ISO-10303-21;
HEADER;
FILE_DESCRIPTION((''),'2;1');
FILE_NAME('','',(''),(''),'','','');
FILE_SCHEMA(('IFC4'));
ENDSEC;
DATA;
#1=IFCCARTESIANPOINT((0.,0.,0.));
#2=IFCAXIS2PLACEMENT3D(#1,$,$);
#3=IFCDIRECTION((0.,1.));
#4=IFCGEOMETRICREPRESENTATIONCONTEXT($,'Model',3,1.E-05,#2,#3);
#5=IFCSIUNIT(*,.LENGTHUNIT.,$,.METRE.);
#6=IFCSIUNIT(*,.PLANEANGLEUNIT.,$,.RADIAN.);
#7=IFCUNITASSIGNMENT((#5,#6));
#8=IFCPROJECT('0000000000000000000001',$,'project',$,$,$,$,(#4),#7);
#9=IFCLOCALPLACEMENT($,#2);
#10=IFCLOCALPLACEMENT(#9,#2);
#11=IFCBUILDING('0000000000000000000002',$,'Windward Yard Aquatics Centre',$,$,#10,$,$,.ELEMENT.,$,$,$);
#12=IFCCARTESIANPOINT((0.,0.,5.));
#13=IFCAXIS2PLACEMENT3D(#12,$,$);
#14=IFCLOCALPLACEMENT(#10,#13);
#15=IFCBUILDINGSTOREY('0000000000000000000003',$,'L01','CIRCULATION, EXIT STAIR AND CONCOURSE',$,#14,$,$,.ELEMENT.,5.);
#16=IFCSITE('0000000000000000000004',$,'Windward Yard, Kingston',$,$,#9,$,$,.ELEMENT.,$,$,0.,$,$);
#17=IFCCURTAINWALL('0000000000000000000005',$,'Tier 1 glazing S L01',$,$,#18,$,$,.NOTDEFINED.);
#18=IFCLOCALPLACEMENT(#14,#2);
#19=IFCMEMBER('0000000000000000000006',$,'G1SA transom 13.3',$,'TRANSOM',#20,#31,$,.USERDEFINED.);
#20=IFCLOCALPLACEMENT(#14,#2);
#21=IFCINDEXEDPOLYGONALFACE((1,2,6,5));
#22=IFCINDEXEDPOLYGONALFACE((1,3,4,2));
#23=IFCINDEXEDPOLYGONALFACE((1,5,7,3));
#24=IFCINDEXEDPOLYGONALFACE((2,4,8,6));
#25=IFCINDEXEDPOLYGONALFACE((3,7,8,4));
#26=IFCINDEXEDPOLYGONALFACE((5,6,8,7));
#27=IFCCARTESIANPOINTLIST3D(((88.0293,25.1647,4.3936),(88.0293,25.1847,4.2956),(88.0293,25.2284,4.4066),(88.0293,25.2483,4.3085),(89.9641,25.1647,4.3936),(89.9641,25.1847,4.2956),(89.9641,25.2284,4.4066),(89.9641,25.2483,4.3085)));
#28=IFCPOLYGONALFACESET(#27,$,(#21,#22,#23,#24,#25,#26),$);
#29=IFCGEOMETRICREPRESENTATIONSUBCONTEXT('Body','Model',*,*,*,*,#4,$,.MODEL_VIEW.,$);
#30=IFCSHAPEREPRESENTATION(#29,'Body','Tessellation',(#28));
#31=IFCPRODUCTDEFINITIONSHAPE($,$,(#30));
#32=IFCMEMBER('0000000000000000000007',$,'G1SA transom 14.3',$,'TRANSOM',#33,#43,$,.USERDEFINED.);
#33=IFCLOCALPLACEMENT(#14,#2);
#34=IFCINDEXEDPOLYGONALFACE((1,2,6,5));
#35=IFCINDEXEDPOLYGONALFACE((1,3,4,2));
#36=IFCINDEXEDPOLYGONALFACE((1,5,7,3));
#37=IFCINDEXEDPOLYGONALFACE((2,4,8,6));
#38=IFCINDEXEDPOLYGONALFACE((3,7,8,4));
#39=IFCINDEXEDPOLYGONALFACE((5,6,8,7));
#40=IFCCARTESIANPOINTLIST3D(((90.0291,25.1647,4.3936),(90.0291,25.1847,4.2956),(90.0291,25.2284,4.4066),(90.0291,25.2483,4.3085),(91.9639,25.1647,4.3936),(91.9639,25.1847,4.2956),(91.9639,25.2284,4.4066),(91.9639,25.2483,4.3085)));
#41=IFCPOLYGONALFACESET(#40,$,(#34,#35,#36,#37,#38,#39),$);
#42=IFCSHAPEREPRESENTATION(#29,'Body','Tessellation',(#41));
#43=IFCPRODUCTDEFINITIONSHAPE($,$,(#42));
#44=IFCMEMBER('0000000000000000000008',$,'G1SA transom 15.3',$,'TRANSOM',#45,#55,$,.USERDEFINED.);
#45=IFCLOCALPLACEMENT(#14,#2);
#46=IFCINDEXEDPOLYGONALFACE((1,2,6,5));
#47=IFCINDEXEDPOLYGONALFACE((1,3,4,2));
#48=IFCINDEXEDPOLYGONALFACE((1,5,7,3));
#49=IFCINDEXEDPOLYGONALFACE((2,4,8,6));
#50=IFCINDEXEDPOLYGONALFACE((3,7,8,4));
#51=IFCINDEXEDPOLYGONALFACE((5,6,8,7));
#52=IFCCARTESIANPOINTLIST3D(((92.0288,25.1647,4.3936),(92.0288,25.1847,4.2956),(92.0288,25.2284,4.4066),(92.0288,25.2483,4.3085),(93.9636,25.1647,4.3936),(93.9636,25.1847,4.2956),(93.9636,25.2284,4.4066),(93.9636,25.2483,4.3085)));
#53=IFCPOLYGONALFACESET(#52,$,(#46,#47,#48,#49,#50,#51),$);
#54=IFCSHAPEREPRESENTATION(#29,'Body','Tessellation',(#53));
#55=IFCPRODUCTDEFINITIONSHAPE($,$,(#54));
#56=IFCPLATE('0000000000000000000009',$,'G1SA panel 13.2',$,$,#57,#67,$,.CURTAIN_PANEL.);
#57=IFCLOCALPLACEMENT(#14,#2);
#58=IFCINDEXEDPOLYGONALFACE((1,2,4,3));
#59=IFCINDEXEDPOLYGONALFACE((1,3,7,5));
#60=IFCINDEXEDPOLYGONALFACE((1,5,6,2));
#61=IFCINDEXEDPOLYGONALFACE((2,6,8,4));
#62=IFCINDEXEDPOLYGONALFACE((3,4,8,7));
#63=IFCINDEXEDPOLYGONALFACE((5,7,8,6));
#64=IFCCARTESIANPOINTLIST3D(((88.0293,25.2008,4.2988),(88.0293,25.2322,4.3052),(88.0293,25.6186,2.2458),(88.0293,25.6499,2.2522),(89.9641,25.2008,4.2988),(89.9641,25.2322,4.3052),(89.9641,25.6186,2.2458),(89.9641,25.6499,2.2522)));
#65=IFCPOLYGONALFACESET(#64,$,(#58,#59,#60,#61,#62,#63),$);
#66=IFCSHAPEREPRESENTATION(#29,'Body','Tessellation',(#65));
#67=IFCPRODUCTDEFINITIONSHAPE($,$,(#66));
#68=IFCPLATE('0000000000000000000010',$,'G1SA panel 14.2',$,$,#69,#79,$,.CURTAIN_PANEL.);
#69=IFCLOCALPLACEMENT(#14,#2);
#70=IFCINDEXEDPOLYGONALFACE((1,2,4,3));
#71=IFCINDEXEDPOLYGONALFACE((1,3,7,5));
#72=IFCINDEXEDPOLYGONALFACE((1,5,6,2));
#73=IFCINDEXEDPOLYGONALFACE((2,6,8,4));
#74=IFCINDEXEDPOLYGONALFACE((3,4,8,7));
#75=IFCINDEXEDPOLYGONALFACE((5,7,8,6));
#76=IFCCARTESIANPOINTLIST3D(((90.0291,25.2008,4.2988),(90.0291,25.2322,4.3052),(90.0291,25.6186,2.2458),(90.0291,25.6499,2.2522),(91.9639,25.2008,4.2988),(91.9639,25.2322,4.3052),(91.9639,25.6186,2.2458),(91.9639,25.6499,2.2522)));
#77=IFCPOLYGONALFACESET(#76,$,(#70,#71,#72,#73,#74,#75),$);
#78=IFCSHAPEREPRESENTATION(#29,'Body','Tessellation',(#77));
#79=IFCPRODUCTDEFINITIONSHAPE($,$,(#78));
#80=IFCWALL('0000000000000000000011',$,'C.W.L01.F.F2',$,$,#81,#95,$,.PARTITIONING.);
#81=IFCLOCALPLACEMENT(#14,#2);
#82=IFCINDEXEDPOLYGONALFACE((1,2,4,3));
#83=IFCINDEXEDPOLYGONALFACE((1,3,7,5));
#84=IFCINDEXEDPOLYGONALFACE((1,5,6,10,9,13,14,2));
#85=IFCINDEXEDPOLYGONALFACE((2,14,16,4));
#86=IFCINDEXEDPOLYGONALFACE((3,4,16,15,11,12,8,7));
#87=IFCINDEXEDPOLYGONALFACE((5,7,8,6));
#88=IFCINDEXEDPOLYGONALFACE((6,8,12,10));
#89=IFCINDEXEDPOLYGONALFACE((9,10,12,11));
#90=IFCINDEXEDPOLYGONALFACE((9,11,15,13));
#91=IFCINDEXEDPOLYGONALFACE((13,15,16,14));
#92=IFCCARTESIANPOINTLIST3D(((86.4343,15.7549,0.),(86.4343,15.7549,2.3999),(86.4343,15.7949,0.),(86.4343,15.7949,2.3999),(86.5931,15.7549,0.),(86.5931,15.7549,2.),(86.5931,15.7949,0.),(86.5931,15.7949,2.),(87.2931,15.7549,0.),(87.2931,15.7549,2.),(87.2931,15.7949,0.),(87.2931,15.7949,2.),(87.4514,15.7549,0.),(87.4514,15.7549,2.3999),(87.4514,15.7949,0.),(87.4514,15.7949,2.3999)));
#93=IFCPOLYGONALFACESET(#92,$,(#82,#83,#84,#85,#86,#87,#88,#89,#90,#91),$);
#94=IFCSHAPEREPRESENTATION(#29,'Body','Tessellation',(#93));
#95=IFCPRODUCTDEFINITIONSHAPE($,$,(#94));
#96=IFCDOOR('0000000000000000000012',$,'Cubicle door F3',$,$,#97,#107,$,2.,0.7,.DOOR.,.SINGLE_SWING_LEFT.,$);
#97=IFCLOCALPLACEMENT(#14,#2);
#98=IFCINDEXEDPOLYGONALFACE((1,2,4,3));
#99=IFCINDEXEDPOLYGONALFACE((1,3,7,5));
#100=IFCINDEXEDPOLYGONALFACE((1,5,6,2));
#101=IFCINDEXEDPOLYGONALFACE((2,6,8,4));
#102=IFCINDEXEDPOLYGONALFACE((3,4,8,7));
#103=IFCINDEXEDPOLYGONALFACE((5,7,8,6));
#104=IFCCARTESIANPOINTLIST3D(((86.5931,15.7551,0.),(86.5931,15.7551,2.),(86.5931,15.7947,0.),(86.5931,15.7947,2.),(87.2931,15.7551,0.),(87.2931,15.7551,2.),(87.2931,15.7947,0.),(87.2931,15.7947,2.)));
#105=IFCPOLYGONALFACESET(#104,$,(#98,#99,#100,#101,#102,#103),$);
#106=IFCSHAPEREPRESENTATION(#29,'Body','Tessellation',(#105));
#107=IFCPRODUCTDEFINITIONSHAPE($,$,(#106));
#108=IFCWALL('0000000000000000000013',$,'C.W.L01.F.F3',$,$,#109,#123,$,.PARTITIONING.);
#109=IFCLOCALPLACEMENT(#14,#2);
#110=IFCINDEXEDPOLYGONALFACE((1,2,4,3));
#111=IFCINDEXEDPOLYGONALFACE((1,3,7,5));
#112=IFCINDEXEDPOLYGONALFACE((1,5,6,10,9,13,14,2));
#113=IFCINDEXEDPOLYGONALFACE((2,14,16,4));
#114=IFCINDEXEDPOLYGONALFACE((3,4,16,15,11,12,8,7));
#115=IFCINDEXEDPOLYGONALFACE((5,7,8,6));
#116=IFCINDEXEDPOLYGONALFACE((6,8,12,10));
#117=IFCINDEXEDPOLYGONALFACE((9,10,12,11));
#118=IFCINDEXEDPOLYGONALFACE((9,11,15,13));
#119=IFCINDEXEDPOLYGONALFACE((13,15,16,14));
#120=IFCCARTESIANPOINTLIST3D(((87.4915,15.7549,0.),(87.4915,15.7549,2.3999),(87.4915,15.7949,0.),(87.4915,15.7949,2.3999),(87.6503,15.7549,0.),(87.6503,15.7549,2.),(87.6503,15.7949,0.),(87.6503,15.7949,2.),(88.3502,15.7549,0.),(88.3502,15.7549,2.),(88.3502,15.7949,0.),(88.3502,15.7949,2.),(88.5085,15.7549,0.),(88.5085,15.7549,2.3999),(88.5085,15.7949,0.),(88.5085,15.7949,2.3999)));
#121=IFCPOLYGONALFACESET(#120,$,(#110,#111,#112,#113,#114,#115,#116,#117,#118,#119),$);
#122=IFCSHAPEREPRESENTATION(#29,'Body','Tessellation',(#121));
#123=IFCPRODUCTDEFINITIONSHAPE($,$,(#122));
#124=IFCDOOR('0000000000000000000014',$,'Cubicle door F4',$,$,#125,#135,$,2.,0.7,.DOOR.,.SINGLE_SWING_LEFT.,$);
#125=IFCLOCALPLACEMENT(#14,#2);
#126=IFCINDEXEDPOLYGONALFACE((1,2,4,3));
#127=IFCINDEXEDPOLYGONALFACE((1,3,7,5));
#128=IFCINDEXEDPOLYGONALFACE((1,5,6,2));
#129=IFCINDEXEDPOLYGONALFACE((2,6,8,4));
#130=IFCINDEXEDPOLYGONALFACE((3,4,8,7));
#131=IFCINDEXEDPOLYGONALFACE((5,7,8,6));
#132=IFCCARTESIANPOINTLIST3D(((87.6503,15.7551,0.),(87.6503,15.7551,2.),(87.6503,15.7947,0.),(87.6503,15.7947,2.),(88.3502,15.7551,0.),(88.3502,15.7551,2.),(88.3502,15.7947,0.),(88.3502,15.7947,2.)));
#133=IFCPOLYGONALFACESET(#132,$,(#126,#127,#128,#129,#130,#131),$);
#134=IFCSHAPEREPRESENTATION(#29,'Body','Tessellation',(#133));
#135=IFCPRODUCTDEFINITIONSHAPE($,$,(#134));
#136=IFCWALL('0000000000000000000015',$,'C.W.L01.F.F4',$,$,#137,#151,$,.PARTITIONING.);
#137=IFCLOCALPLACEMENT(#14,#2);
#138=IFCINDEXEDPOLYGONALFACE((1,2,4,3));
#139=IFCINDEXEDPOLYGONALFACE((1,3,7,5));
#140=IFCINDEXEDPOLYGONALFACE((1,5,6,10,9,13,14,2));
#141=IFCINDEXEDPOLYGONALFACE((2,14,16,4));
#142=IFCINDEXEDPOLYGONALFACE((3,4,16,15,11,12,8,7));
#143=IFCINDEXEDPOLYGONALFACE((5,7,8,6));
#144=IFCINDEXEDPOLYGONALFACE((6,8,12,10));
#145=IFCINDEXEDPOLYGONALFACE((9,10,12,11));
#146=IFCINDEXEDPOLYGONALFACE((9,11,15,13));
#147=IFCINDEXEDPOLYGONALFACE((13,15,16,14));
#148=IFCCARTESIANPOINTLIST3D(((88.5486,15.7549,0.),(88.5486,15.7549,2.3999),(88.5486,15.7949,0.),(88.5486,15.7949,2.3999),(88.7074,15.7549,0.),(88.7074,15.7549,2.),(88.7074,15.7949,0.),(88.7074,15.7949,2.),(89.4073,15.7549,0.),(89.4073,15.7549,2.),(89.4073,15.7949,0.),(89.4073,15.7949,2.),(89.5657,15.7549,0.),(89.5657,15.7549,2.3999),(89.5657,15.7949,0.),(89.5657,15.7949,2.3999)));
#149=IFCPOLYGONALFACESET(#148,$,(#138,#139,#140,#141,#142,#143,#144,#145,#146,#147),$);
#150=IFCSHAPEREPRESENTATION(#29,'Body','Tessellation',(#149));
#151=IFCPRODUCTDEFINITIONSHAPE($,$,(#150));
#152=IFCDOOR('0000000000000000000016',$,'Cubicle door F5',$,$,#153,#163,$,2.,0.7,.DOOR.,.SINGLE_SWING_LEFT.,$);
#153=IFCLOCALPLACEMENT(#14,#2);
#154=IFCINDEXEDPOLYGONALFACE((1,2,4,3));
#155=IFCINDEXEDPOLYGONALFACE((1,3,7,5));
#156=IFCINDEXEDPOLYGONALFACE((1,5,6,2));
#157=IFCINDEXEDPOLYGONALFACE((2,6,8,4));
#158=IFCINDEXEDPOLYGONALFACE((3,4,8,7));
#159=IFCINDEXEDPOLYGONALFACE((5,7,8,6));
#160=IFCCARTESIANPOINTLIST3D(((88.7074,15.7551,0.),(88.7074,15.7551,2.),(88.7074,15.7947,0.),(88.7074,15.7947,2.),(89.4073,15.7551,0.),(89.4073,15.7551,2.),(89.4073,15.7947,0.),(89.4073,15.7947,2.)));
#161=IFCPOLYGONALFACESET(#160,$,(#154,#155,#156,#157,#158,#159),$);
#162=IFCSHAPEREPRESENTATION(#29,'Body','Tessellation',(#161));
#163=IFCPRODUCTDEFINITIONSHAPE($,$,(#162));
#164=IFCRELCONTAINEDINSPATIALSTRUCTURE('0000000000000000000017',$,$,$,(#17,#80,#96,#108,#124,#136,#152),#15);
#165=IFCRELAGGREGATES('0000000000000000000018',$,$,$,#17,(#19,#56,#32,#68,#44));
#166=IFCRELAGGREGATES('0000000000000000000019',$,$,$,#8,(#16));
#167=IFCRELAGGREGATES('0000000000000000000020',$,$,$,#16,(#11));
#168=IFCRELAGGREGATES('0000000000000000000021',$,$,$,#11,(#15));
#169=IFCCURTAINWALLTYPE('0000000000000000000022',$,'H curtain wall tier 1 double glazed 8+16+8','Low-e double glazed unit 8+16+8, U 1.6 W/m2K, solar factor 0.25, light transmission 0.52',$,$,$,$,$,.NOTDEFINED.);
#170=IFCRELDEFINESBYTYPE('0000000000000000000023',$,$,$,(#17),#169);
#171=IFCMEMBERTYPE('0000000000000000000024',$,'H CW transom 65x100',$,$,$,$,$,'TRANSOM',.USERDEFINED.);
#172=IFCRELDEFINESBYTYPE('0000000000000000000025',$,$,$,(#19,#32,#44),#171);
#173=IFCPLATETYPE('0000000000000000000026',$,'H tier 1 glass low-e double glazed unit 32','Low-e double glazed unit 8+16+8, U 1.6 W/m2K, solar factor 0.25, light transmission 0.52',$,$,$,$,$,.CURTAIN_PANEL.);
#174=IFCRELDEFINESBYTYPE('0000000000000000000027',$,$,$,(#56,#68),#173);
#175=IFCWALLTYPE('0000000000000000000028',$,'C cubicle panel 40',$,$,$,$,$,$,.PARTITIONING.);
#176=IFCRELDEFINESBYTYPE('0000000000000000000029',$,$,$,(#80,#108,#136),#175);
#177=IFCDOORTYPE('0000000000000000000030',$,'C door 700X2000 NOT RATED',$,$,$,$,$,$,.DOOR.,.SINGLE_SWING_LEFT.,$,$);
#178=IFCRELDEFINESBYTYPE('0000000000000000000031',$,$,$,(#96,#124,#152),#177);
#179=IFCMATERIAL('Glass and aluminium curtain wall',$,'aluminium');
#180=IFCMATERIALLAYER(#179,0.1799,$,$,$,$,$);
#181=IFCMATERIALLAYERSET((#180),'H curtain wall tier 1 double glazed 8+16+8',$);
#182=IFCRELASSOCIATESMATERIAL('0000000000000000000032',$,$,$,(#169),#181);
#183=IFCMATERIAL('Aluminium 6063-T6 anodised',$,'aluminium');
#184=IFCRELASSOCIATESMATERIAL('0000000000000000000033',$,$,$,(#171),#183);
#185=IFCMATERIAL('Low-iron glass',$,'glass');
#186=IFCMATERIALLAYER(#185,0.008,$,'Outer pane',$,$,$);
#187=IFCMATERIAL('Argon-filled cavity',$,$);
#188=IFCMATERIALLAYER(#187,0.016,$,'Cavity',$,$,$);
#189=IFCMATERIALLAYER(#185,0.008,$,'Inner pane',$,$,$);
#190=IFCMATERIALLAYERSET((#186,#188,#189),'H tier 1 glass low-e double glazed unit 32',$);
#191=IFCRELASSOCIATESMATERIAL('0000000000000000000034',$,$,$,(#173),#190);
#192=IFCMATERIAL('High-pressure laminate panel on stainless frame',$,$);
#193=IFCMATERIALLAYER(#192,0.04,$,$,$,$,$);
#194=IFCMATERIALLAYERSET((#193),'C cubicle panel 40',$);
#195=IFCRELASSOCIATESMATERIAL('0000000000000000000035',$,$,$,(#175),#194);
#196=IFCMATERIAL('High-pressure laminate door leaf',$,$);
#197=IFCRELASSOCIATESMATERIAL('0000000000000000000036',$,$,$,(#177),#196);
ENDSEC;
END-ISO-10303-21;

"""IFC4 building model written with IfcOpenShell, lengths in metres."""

from ifc_helpers import new_model, si_unit, direction, frame, frame_2d, origin, origin_2d, place, context, subcontext, project, spatial, polyline, rectangle, outline, extrude, material, layer, layer_set, material_profile, profile_set, type_object, element, fill, aggregate, save


model = new_model("IFC4")

# Units and contexts
model_context = context("Model", 3, precision=1e-05, world=origin(), true_north=direction((0.0, 1.0)))
body_context = subcontext(model_context, "Body", "Model", "MODEL_VIEW")
ifc_project = project(units=[si_unit("LENGTHUNIT", "METRE"), si_unit("PLANEANGLEUNIT", "RADIAN")], contexts=[model_context])

# Site, building, storey
site_placement = place(None, origin())
site = spatial("IfcSite", under=ifc_project, at=site_placement, Name="Windward Yard, Kingston", CompositionType="ELEMENT", RefElevation=0.0)
building_placement = place(site_placement, origin())
building = spatial("IfcBuilding", under=site, at=building_placement, Name="Windward Yard Aquatics Centre", CompositionType="ELEMENT")
storey_placement = place(building_placement, frame((0.0, 0.0, 5.0)))
storey = spatial("IfcBuildingStorey", under=building, at=storey_placement, Name="L01", Description="CIRCULATION, EXIT STAIR AND CONCOURSE", CompositionType="ELEMENT", Elevation=5.0)

# Curtain wall, members, plates
ifc_material_1 = material(Name="Glass and aluminium curtain wall", Category="aluminium")
ifc_layer_1 = layer(ifc_material_1, 0.1799)
ifc_layer_set_1 = layer_set([ifc_layer_1], Name="H curtain wall tier 1 double glazed 8+16+8")
curtain_wall_type = type_object("IfcCurtainWallType", Name="H curtain wall tier 1 double glazed 8+16+8", Description="Low-e double glazed unit 8+16+8, U 1.6 W/m2K, solar factor 0.25, light transmission 0.52", PredefinedType="NOTDEFINED", material=ifc_layer_set_1)
curtain_wall_placement = place(storey_placement, origin())
curtain_wall = element("IfcCurtainWall", 1, at=curtain_wall_placement, inside=storey, type_object=curtain_wall_type, Name="Tier 1 glazing S L01", PredefinedType="NOTDEFINED")
ifc_material_2 = material(Name="Aluminium 6063-T6 anodised", Category="aluminium")
ifc_material_profile = material_profile(ifc_material_2, rectangle(XDim=0.0649, YDim=0.1001, at=origin_2d()), Name="H CW transom 65x100")
ifc_profile_set = profile_set([ifc_material_profile], Name="Aluminium 6063-T6 anodised")
member_type = type_object("IfcMemberType", Name="H CW transom 65x100", ElementType="TRANSOM", PredefinedType="USERDEFINED", material=ifc_profile_set)
member_1_placement = place(storey_placement, frame((88.0293, 25.2065, 4.3511), z_axis=(1.0, 0.0, 0.0), x_axis=(0.0, 0.979925, 0.199368)))
member_1 = element("IfcMember", 2, at=member_1_placement, type_object=member_type, Name="G1SA transom 13.3", ObjectType="TRANSOM", PredefinedType="USERDEFINED", context=body_context, shape_type="SweptSolid", body=[
    extrude(rectangle(XDim=0.0649, YDim=0.1001, at=origin_2d()), origin(), (0.0, 0.0, 1.0), 1.9348),
])
member_2_placement = place(storey_placement, frame((90.0291, 25.2065, 4.3511), z_axis=(1.0, 0.0, 0.0), x_axis=(0.0, 0.979925, 0.199368)))
member_2 = element("IfcMember", 3, at=member_2_placement, type_object=member_type, Name="G1SA transom 14.3", ObjectType="TRANSOM", PredefinedType="USERDEFINED", context=body_context, shape_type="SweptSolid", body=[
    extrude(rectangle(XDim=0.0649, YDim=0.1001, at=origin_2d()), origin(), (0.0, 0.0, 1.0), 1.9348),
])
member_3_placement = place(storey_placement, frame((92.0288, 25.2065, 4.3511), z_axis=(1.0, 0.0, 0.0), x_axis=(0.0, 0.979925, 0.199368)))
member_3 = element("IfcMember", 4, at=member_3_placement, type_object=member_type, Name="G1SA transom 15.3", ObjectType="TRANSOM", PredefinedType="USERDEFINED", context=body_context, shape_type="SweptSolid", body=[
    extrude(rectangle(XDim=0.0649, YDim=0.1001, at=origin_2d()), origin(), (0.0, 0.0, 1.0), 1.9348),
])
ifc_material_3 = material(Name="Low-iron glass", Category="glass")
ifc_layer_2 = layer(ifc_material_3, 0.008, Name="Outer pane")
ifc_material_4 = material(Name="Argon-filled cavity")
ifc_layer_3 = layer(ifc_material_4, 0.016, Name="Cavity")
ifc_layer_4 = layer(ifc_material_3, 0.008, Name="Inner pane")
ifc_layer_set_2 = layer_set([ifc_layer_2, ifc_layer_3, ifc_layer_4], Name="H tier 1 glass low-e double glazed unit 32")
plate_type = type_object("IfcPlateType", Name="H tier 1 glass low-e double glazed unit 32", Description="Low-e double glazed unit 8+16+8, U 1.6 W/m2K, solar factor 0.25, light transmission 0.52", PredefinedType="CURTAIN_PANEL", material=ifc_layer_set_2)
plate_1_placement = place(storey_placement, frame((88.0293, 25.2322, 4.3052), z_axis=(0.0, 0.979921, 0.199387), x_axis=(0.0, 0.199387, -0.979921)))
plate_1 = element("IfcPlate", 5, at=plate_1_placement, type_object=plate_type, Name="G1SA panel 13.2", PredefinedType="CURTAIN_PANEL", context=body_context, shape_type="SweptSolid", body=[
    extrude(outline(polyline([(0.0, 0.0), (2.095, 0.0), (2.095, -1.9348), (0.0, -1.9348), (0.0, 0.0)])), origin(), (0.0, 0.0, -1.0), 0.032),
])
plate_2_placement = place(storey_placement, frame((90.0291, 25.2322, 4.3052), z_axis=(0.0, 0.979921, 0.199387), x_axis=(0.0, 0.199387, -0.979921)))
plate_2 = element("IfcPlate", 6, at=plate_2_placement, type_object=plate_type, Name="G1SA panel 14.2", PredefinedType="CURTAIN_PANEL", context=body_context, shape_type="SweptSolid", body=[
    extrude(outline(polyline([(0.0, 0.0), (2.095, 0.0), (2.095, -1.9348), (0.0, -1.9348), (0.0, 0.0)])), origin(), (0.0, 0.0, -1.0), 0.032),
])
aggregate(curtain_wall, [member_1, plate_1, member_2, plate_2, member_3])

# Walls, openings, doors
ifc_material_5 = material(Name="High-pressure laminate panel on stainless frame")
ifc_layer_5 = layer(ifc_material_5, 0.04)
ifc_layer_set_3 = layer_set([ifc_layer_5], Name="C cubicle panel 40")
wall_type = type_object("IfcWallType", Name="C cubicle panel 40", PredefinedType="PARTITIONING", material=ifc_layer_set_3)
wall_1_placement = place(storey_placement, frame((86.4343, 15.7749, 0.0), z_axis=(0.0, 0.0, 1.0), x_axis=(1.0, 0.0, 0.0)))
wall_1 = element("IfcWall", 7, at=wall_1_placement, inside=storey, type_object=wall_type, Name="C.W.L01.F.F2", PredefinedType="PARTITIONING", context=body_context, shape_type="SweptSolid", body=[
    extrude(rectangle(XDim=1.0171, YDim=0.04, at=frame_2d((0.5085, 0.0))), origin(), (0.0, 0.0, 1.0), 2.3999),
])
opening_1_placement = place(wall_1_placement, frame((0.1587, 0.0, 0.0)))
opening_1 = element("IfcOpeningElement", 8, at=opening_1_placement, cuts=wall_1, PredefinedType="OPENING", context=body_context, shape_type="SweptSolid", body=[
    extrude(rectangle(XDim=0.7, YDim=2.0, at=frame_2d((0.3501, 1.0))), frame((0.0, 0.03, 0.0), z_axis=(0.0, -1.0, 0.0), x_axis=(1.0, 0.0, 0.0)), (0.0, 0.0, 1.0), 0.0601),
])
ifc_material_6 = material(Name="High-pressure laminate door leaf")
door_type = type_object("IfcDoorType", Name="C door 700X2000 NOT RATED", OperationType="SINGLE_SWING_LEFT", PredefinedType="DOOR", material=ifc_material_6)
door_1_placement = place(opening_1_placement, origin())
door_1 = element("IfcDoor", 9, at=door_1_placement, inside=storey, type_object=door_type, Name="Cubicle door F3", OperationType="SINGLE_SWING_LEFT", OverallHeight=2.0, OverallWidth=0.7, PredefinedType="DOOR", context=body_context, shape_type="SweptSolid", body=[
    extrude(rectangle(XDim=0.7, YDim=2.0, at=frame_2d((0.3501, 1.0))), frame((0.0, 0.0198, 0.0), z_axis=(0.0, -1.0, 0.0), x_axis=(1.0, 0.0, 0.0)), (0.0, 0.0, 1.0), 0.0396),
])
fill(opening_1, door_1)
wall_2_placement = place(storey_placement, frame((87.4915, 15.7749, 0.0), z_axis=(0.0, 0.0, 1.0), x_axis=(1.0, 0.0, 0.0)))
wall_2 = element("IfcWall", 10, at=wall_2_placement, inside=storey, type_object=wall_type, Name="C.W.L01.F.F3", PredefinedType="PARTITIONING", context=body_context, shape_type="SweptSolid", body=[
    extrude(rectangle(XDim=1.0171, YDim=0.04, at=frame_2d((0.5085, 0.0))), origin(), (0.0, 0.0, 1.0), 2.3999),
])
opening_2_placement = place(wall_2_placement, frame((0.1587, 0.0, 0.0)))
opening_2 = element("IfcOpeningElement", 11, at=opening_2_placement, cuts=wall_2, PredefinedType="OPENING", context=body_context, shape_type="SweptSolid", body=[
    extrude(rectangle(XDim=0.7, YDim=2.0, at=frame_2d((0.3501, 1.0))), frame((0.0, 0.03, 0.0), z_axis=(0.0, -1.0, 0.0), x_axis=(1.0, 0.0, 0.0)), (0.0, 0.0, 1.0), 0.0601),
])
door_2_placement = place(opening_2_placement, origin())
door_2 = element("IfcDoor", 12, at=door_2_placement, inside=storey, type_object=door_type, Name="Cubicle door F4", OperationType="SINGLE_SWING_LEFT", OverallHeight=2.0, OverallWidth=0.7, PredefinedType="DOOR", context=body_context, shape_type="SweptSolid", body=[
    extrude(rectangle(XDim=0.7, YDim=2.0, at=frame_2d((0.3501, 1.0))), frame((0.0, 0.0198, 0.0), z_axis=(0.0, -1.0, 0.0), x_axis=(1.0, 0.0, 0.0)), (0.0, 0.0, 1.0), 0.0396),
])
fill(opening_2, door_2)
wall_3_placement = place(storey_placement, frame((88.5486, 15.7749, 0.0), z_axis=(0.0, 0.0, 1.0), x_axis=(1.0, 0.0, 0.0)))
wall_3 = element("IfcWall", 13, at=wall_3_placement, inside=storey, type_object=wall_type, Name="C.W.L01.F.F4", PredefinedType="PARTITIONING", context=body_context, shape_type="SweptSolid", body=[
    extrude(rectangle(XDim=1.0171, YDim=0.04, at=frame_2d((0.5085, 0.0))), origin(), (0.0, 0.0, 1.0), 2.3999),
])
opening_3_placement = place(wall_3_placement, frame((0.1587, 0.0, 0.0)))
opening_3 = element("IfcOpeningElement", 14, at=opening_3_placement, cuts=wall_3, PredefinedType="OPENING", context=body_context, shape_type="SweptSolid", body=[
    extrude(rectangle(XDim=0.7, YDim=2.0, at=frame_2d((0.3501, 1.0))), frame((0.0, 0.03, 0.0), z_axis=(0.0, -1.0, 0.0), x_axis=(1.0, 0.0, 0.0)), (0.0, 0.0, 1.0), 0.0601),
])
door_3_placement = place(opening_3_placement, origin())
door_3 = element("IfcDoor", 15, at=door_3_placement, inside=storey, type_object=door_type, Name="Cubicle door F5", OperationType="SINGLE_SWING_LEFT", OverallHeight=2.0, OverallWidth=0.7, PredefinedType="DOOR", context=body_context, shape_type="SweptSolid", body=[
    extrude(rectangle(XDim=0.7, YDim=2.0, at=frame_2d((0.3501, 1.0))), frame((0.0, 0.0198, 0.0), z_axis=(0.0, -1.0, 0.0), x_axis=(1.0, 0.0, 0.0)), (0.0, 0.0, 1.0), 0.0396),
])
fill(opening_3, door_3)

save(model, "model.ifc")
